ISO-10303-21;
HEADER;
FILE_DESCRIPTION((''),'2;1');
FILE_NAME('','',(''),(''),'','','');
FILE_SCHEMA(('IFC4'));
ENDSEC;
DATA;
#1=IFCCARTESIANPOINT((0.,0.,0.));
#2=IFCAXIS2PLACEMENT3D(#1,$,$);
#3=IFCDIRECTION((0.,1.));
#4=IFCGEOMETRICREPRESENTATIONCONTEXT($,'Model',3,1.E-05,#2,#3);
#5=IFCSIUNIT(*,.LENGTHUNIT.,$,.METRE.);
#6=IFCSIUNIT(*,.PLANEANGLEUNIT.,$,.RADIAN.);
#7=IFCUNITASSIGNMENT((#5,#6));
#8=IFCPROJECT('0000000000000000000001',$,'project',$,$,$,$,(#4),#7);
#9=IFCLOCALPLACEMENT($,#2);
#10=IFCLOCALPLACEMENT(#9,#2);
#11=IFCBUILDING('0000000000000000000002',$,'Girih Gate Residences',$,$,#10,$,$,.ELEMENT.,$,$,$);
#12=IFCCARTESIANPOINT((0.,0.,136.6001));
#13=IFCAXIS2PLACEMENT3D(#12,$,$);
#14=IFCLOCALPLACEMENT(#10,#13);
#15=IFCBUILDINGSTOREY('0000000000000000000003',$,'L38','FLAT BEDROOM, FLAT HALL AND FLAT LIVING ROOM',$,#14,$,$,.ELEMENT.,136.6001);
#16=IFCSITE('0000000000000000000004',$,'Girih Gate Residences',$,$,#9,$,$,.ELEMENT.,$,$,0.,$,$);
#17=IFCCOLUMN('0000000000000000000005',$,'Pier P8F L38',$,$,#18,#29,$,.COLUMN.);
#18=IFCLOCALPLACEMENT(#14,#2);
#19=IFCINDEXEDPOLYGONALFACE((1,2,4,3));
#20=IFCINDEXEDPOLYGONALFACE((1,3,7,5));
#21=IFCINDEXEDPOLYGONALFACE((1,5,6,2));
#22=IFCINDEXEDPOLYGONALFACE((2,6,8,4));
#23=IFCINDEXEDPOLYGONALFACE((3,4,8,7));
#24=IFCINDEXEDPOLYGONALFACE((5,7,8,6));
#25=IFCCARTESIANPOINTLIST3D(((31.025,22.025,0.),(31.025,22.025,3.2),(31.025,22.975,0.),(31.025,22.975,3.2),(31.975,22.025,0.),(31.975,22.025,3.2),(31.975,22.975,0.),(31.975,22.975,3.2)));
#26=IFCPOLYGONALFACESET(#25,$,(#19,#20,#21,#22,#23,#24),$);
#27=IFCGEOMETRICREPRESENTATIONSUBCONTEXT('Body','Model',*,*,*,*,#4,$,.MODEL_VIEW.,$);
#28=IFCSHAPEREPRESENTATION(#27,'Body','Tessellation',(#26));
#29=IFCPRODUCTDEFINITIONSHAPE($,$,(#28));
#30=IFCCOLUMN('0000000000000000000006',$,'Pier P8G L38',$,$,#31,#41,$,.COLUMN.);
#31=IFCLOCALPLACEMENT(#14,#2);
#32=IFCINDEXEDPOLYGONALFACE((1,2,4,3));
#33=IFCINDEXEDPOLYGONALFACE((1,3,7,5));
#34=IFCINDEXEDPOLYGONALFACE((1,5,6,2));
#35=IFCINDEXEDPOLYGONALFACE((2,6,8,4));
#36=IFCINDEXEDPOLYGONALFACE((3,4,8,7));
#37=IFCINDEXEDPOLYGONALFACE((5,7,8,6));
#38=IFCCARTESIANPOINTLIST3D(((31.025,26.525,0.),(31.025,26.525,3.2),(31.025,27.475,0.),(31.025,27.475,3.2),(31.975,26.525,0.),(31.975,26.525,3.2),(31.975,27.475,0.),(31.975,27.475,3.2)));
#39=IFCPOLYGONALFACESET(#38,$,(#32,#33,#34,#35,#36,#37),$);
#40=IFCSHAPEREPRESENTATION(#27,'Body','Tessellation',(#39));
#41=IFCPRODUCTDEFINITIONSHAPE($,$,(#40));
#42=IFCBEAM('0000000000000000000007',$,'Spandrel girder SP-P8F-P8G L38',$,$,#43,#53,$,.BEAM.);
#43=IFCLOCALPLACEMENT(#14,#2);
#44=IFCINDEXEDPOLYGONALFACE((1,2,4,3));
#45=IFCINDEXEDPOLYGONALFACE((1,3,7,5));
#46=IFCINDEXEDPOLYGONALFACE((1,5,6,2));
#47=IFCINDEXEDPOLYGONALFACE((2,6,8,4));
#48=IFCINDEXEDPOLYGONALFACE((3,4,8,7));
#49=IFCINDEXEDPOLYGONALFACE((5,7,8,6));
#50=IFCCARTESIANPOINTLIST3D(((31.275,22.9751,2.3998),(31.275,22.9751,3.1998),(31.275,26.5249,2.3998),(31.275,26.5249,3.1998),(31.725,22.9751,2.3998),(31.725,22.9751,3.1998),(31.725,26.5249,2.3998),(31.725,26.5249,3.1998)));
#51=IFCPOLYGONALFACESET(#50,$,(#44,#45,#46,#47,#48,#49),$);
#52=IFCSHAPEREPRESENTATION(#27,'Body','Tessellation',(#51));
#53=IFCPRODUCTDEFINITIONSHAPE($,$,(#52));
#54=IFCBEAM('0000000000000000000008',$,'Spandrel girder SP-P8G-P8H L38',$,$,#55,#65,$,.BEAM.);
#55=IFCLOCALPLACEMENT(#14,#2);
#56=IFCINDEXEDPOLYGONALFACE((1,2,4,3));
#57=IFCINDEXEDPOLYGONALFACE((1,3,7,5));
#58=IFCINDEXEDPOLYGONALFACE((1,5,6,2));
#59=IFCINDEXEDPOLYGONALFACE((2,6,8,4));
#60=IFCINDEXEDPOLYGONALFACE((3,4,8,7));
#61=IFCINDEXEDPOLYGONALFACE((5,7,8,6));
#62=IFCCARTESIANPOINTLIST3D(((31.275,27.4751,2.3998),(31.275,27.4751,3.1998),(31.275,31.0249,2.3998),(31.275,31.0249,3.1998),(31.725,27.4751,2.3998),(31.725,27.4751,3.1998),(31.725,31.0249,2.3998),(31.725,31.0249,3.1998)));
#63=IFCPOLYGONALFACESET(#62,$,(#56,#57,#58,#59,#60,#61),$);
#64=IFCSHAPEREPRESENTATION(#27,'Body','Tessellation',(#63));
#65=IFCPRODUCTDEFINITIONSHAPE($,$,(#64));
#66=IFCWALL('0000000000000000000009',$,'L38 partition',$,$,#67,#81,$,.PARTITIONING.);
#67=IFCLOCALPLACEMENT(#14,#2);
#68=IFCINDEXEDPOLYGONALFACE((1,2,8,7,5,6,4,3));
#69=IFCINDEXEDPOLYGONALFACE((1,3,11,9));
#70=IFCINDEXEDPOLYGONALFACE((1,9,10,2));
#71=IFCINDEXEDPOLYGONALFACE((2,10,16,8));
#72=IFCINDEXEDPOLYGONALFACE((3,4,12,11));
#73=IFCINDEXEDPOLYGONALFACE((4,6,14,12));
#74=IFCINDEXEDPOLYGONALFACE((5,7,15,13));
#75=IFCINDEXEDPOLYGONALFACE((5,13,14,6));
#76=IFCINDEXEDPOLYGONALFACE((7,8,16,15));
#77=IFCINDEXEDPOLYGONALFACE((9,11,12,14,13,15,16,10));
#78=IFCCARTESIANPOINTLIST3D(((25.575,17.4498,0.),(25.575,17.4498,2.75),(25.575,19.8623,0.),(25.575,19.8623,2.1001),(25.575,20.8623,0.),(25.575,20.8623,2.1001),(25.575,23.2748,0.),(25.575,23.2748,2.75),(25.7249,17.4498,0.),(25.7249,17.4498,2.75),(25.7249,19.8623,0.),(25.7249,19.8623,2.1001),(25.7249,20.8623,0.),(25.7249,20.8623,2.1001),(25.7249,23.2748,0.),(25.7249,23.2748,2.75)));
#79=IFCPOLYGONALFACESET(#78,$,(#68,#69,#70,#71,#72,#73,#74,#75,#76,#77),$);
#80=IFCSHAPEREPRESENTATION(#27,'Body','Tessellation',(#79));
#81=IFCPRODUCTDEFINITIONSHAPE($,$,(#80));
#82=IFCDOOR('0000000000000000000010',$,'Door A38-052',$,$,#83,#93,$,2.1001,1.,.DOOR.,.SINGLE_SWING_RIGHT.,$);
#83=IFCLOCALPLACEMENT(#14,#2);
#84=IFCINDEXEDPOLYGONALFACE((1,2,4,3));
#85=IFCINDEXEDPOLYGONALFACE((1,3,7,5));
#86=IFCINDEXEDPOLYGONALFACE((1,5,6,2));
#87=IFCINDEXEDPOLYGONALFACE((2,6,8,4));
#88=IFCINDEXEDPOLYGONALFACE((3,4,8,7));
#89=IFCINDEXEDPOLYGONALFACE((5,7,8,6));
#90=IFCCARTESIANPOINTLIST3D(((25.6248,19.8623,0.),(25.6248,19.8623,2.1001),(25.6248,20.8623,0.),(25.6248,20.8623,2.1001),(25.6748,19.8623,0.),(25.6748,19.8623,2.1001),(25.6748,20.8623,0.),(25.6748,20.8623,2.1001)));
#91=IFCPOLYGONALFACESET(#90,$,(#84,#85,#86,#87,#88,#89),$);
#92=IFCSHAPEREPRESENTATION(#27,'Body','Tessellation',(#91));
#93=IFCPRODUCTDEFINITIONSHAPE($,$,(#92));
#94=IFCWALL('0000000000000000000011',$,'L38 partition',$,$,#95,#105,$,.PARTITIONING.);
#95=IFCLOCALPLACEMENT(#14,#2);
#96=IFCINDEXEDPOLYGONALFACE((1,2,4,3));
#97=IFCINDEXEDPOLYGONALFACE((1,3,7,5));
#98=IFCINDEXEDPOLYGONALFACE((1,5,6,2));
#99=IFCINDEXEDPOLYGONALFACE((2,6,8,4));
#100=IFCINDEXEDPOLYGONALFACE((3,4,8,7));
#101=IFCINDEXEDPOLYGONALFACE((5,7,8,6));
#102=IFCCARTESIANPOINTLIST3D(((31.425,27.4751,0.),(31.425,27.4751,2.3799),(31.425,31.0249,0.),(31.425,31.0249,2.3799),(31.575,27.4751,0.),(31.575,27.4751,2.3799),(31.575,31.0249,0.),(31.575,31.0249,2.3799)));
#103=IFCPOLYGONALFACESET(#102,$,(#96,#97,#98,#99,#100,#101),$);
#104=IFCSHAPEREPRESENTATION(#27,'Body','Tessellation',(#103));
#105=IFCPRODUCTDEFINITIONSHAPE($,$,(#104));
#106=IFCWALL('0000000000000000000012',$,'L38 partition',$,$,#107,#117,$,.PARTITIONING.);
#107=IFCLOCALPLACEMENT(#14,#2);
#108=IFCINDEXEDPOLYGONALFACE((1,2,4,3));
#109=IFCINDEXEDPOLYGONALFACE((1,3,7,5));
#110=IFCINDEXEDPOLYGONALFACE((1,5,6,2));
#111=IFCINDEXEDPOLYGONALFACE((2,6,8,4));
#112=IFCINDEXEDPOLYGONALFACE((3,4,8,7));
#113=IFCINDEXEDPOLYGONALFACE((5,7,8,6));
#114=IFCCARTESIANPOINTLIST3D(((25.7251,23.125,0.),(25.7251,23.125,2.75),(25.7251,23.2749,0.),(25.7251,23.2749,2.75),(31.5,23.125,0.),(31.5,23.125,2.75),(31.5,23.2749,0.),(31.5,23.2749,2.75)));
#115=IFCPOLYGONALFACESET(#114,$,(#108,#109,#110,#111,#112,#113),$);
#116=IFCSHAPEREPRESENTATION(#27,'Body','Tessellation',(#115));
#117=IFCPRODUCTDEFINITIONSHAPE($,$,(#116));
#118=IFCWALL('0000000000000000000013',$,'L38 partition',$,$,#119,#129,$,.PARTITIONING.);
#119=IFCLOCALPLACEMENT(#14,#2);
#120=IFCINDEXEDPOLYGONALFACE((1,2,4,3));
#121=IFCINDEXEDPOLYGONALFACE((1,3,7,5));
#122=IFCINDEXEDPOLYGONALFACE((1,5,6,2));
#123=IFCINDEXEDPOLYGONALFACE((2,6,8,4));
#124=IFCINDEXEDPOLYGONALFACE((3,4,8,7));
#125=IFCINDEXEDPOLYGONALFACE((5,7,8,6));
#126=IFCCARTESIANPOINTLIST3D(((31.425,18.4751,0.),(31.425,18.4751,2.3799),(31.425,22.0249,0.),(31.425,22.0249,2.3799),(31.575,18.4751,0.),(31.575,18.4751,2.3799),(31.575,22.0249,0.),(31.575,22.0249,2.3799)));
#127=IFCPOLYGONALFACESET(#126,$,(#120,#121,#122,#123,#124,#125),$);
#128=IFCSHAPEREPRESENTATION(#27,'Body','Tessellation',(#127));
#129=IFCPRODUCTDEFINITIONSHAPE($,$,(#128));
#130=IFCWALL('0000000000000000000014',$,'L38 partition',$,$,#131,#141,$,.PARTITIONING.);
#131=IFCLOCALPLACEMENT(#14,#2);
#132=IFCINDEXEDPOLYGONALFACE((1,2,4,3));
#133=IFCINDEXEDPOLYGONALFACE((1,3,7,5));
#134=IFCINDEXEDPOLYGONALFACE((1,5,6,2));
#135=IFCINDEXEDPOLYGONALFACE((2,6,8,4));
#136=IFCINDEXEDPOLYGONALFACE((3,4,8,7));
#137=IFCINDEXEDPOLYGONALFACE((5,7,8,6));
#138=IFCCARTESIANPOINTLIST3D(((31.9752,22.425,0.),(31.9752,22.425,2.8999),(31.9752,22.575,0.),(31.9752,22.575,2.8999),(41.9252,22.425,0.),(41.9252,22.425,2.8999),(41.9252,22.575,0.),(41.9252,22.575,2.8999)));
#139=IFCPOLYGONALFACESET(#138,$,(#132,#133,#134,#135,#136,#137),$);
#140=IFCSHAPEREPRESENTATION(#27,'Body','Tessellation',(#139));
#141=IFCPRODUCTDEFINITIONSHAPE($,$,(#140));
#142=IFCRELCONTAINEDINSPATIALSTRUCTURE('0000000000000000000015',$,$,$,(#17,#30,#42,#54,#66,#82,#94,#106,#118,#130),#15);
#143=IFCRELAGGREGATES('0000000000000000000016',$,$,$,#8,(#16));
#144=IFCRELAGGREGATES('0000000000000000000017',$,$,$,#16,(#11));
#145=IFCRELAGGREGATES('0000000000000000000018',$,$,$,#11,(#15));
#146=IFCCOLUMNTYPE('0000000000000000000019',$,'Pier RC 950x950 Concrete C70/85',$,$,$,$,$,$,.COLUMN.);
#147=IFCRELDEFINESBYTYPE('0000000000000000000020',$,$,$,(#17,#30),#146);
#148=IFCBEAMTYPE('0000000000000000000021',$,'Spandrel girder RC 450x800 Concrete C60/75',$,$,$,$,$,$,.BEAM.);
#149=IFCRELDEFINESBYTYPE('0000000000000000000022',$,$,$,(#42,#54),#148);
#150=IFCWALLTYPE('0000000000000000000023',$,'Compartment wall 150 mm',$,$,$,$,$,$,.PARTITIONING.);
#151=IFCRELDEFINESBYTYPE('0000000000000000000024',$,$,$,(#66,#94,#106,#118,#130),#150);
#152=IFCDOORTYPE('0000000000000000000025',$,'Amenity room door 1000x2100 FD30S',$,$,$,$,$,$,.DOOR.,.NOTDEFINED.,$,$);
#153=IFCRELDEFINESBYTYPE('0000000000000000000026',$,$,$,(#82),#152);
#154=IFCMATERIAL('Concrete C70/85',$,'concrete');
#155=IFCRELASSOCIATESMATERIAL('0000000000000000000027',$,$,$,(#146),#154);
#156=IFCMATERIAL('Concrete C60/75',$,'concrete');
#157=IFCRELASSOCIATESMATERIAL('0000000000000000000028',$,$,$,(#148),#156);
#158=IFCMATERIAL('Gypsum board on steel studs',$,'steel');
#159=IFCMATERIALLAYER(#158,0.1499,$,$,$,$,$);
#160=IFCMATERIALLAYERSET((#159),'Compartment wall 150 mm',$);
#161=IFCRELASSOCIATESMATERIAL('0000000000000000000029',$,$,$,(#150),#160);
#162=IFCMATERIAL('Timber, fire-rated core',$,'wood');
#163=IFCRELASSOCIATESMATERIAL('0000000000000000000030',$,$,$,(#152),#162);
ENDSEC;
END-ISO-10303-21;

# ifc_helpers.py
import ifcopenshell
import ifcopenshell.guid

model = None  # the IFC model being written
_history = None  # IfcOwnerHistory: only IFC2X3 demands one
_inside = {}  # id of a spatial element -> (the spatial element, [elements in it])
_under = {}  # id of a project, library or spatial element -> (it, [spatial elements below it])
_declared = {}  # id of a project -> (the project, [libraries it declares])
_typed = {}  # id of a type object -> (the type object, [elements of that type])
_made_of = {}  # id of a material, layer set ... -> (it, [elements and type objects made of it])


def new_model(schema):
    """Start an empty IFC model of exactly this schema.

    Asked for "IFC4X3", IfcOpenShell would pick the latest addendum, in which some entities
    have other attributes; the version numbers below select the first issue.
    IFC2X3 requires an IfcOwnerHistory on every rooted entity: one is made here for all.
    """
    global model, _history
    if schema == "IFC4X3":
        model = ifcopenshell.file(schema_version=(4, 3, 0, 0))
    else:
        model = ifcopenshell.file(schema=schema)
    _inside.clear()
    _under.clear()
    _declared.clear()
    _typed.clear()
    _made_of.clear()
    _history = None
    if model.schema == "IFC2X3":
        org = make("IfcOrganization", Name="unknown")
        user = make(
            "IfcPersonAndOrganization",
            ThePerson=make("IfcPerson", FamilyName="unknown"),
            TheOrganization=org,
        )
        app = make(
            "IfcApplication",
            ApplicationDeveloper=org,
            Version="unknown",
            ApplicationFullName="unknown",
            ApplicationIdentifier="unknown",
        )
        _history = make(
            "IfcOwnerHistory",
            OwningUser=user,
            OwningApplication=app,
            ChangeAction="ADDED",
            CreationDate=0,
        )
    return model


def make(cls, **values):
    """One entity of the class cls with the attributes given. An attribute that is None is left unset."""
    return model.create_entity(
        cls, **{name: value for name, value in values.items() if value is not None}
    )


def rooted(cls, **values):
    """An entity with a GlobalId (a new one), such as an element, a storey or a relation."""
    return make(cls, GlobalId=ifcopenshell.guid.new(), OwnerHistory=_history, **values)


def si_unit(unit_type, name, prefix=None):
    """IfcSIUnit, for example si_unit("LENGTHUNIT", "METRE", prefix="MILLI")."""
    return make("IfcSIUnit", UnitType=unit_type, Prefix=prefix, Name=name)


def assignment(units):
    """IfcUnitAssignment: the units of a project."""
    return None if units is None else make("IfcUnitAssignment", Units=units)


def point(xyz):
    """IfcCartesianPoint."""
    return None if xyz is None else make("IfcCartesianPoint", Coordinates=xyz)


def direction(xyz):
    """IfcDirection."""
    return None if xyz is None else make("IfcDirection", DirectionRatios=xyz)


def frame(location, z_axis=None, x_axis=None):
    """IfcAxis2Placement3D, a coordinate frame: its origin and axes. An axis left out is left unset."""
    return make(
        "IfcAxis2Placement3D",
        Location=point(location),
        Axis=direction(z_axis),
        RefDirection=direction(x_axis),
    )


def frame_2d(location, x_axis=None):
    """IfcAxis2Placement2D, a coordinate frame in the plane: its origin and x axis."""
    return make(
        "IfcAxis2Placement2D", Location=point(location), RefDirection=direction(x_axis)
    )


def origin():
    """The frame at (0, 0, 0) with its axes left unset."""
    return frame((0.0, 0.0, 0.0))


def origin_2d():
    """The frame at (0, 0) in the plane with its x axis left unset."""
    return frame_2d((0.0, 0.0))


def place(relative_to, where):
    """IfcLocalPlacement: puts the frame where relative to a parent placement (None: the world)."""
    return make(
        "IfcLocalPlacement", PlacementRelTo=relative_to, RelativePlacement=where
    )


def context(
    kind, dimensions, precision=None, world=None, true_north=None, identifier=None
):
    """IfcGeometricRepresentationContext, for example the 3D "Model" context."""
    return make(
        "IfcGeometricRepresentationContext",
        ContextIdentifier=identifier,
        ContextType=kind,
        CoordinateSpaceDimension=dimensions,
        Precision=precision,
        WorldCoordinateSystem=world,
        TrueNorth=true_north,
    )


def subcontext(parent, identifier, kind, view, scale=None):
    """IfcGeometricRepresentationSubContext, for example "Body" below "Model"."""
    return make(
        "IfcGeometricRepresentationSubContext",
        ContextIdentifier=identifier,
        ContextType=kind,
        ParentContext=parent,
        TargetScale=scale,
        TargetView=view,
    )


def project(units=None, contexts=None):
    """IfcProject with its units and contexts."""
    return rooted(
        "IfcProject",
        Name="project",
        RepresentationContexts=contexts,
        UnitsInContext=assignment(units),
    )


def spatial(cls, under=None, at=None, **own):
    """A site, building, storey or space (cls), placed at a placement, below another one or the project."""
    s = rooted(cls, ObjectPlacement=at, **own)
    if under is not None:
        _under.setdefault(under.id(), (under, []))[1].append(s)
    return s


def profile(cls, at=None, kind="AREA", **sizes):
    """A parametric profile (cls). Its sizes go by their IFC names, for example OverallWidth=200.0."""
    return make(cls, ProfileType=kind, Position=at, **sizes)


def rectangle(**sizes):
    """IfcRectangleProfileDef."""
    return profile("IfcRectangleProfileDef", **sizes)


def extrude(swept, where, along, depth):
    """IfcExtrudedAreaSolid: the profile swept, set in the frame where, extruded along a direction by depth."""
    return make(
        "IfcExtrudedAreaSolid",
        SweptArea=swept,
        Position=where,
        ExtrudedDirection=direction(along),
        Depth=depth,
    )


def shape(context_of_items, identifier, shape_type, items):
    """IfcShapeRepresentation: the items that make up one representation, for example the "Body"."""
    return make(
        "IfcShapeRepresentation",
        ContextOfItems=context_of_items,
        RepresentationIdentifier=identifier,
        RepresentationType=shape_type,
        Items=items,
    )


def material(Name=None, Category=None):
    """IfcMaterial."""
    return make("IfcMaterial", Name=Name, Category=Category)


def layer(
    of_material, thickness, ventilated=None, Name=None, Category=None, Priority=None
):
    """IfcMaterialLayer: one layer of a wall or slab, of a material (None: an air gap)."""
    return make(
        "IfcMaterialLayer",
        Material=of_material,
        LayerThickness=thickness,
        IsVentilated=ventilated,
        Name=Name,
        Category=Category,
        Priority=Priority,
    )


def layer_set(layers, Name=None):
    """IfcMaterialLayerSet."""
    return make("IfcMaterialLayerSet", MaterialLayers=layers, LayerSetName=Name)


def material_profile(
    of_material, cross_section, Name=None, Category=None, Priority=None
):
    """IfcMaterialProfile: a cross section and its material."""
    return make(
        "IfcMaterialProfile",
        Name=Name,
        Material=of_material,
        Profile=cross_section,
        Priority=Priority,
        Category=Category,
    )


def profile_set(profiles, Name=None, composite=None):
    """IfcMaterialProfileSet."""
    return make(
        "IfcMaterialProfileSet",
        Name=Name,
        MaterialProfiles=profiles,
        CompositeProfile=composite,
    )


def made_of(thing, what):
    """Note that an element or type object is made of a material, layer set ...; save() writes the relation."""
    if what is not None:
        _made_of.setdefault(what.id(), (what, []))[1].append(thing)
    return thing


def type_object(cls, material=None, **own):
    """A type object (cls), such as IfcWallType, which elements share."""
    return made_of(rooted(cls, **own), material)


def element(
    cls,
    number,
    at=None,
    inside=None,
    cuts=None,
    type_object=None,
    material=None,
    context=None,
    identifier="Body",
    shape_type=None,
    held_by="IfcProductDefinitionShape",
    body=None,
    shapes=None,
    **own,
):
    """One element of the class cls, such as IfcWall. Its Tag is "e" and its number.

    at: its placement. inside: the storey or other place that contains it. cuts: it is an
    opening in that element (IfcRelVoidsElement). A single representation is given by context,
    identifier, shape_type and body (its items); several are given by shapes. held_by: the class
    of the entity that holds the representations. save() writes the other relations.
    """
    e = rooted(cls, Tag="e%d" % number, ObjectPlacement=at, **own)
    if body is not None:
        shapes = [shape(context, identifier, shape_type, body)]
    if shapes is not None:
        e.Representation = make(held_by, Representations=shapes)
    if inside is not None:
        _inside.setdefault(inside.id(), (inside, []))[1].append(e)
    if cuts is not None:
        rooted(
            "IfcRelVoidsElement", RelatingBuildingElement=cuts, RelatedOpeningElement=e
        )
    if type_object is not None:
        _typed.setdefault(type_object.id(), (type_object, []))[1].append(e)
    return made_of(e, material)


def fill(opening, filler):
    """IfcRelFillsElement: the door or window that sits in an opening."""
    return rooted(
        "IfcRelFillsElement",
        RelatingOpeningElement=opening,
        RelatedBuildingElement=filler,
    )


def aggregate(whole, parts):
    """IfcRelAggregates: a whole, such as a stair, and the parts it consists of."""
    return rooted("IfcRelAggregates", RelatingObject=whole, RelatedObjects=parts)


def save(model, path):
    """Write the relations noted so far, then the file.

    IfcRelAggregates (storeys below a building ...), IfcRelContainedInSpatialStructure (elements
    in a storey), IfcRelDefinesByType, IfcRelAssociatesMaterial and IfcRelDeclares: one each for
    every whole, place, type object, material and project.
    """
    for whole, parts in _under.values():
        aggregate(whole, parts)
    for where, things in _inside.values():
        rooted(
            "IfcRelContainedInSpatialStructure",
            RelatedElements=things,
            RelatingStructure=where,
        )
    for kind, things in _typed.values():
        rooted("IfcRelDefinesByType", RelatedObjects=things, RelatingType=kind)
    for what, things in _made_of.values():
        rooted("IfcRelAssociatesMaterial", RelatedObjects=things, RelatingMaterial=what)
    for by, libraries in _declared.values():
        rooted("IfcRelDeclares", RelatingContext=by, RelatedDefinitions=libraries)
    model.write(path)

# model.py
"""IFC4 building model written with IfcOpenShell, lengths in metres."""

from ifc_helpers import new_model, si_unit, direction, frame, frame_2d, origin, origin_2d, place, context, subcontext, project, spatial, rectangle, extrude, material, layer, layer_set, material_profile, profile_set, type_object, element, fill, save


model = new_model("IFC4")

# Units and contexts
model_context = context("Model", 3, precision=1e-05, world=origin(), true_north=direction((0.0, 1.0)))
body_context = subcontext(model_context, "Body", "Model", "MODEL_VIEW")
ifc_project = project(units=[si_unit("LENGTHUNIT", "METRE"), si_unit("PLANEANGLEUNIT", "RADIAN")], contexts=[model_context])

# Site, building, storey
site_placement = place(None, origin())
site = spatial("IfcSite", under=ifc_project, at=site_placement, Name="Girih Gate Residences", CompositionType="ELEMENT", RefElevation=0.0)
building_placement = place(site_placement, origin())
building = spatial("IfcBuilding", under=site, at=building_placement, Name="Girih Gate Residences", CompositionType="ELEMENT")
storey_placement = place(building_placement, frame((0.0, 0.0, 136.6001)))
storey = spatial("IfcBuildingStorey", under=building, at=storey_placement, Name="L38", Description="FLAT BEDROOM, FLAT HALL AND FLAT LIVING ROOM", CompositionType="ELEMENT", Elevation=136.6001)

# Columns
ifc_material_1 = material(Name="Concrete C70/85", Category="concrete")
ifc_material_profile_1 = material_profile(ifc_material_1, rectangle(XDim=0.95, YDim=0.95, at=origin_2d()))
ifc_profile_set_1 = profile_set([ifc_material_profile_1], Name="Concrete C70/85")
column_type = type_object("IfcColumnType", Name="Pier RC 950x950 Concrete C70/85", PredefinedType="COLUMN", material=ifc_profile_set_1)
for number, where, z_axis, x_axis, name in (
    (1, (31.5, 22.5, 0.0), (0.0, 0.0, 1.0), (1.0, 0.0, 0.0), "Pier P8F L38"),
    (2, (31.5, 27.0, 0.0), (0.0, 0.0, 1.0), (1.0, 0.0, 0.0), "Pier P8G L38"),
):
    element("IfcColumn", number, at=place(storey_placement, frame(where, z_axis=z_axis, x_axis=x_axis)), inside=storey, type_object=column_type, Name=name, PredefinedType="COLUMN", context=body_context, shape_type="SweptSolid", body=[
        extrude(rectangle(XDim=0.95, YDim=0.95, at=origin_2d()), origin(), (0.0, 0.0, 1.0), 3.2),
    ])

# Beams
ifc_material_2 = material(Name="Concrete C60/75", Category="concrete")
ifc_material_profile_2 = material_profile(ifc_material_2, rectangle(XDim=0.45, YDim=0.8, at=origin_2d()))
ifc_profile_set_2 = profile_set([ifc_material_profile_2], Name="Concrete C60/75")
beam_type = type_object("IfcBeamType", Name="Spandrel girder RC 450x800 Concrete C60/75", PredefinedType="BEAM", material=ifc_profile_set_2)
for number, where, z_axis, x_axis, name in (
    (3, (31.5, 22.9751, 2.7998), (0.0, 1.0, 0.0), (-1.0, 0.0, 0.0), "Spandrel girder SP-P8F-P8G L38"),
    (4, (31.5, 27.4751, 2.7998), (0.0, 1.0, 0.0), (-1.0, 0.0, 0.0), "Spandrel girder SP-P8G-P8H L38"),
):
    element("IfcBeam", number, at=place(storey_placement, frame(where, z_axis=z_axis, x_axis=x_axis)), inside=storey, type_object=beam_type, Name=name, PredefinedType="BEAM", context=body_context, shape_type="SweptSolid", body=[
        extrude(rectangle(XDim=0.45, YDim=0.8, at=origin_2d()), origin(), (0.0, 0.0, 1.0), 3.5498),
    ])

# Wall, opening, door
ifc_material_3 = material(Name="Gypsum board on steel studs", Category="steel")
ifc_layer_1 = layer(ifc_material_3, 0.1499)
ifc_layer_set_1 = layer_set([ifc_layer_1], Name="Compartment wall 150 mm")
wall_type_1 = type_object("IfcWallType", Name="Compartment wall 150 mm", PredefinedType="PARTITIONING", material=ifc_layer_set_1)
wall_1_placement = place(storey_placement, frame((25.6499, 23.2749, 0.0), z_axis=(0.0, 0.0, 1.0), x_axis=(0.0, -1.0, 0.0)))
wall_1 = element("IfcWall", 5, at=wall_1_placement, inside=storey, type_object=wall_type_1, Name="L38 partition", PredefinedType="PARTITIONING", context=body_context, shape_type="SweptSolid", body=[
    extrude(rectangle(XDim=5.825, YDim=0.1499, at=frame_2d((2.9126, 0.0))), origin(), (0.0, 0.0, 1.0), 2.75),
])
opening_1_placement = place(wall_1_placement, frame((2.4126, 0.0, 0.0)))
opening_1 = element("IfcOpeningElement", 6, at=opening_1_placement, cuts=wall_1, PredefinedType="OPENING", context=body_context, shape_type="SweptSolid", body=[
    extrude(rectangle(XDim=1.0, YDim=2.1001, at=frame_2d((0.5, 1.05))), frame((0.0, 0.085, 0.0), z_axis=(0.0, -1.0, 0.0), x_axis=(1.0, 0.0, 0.0)), (0.0, 0.0, 1.0), 0.1699),
])
ifc_material_4 = material(Name="Timber, fire-rated core", Category="wood")
door_type_1 = type_object("IfcDoorType", Name="Amenity room door 1000x2100 FD30S", OperationType="NOTDEFINED", PredefinedType="DOOR", material=ifc_material_4)
door_1_placement = place(opening_1_placement, origin())
door_1 = element("IfcDoor", 7, at=door_1_placement, inside=storey, type_object=door_type_1, Name="Door A38-052", OperationType="SINGLE_SWING_RIGHT", OverallHeight=2.1001, OverallWidth=1.0, PredefinedType="DOOR", context=body_context, shape_type="SweptSolid", body=[
    extrude(rectangle(XDim=1.0, YDim=2.1001, at=frame_2d((0.5, 1.05))), frame((0.0, 0.0249, 0.0), z_axis=(0.0, -1.0, 0.0), x_axis=(1.0, 0.0, 0.0)), (0.0, 0.0, 1.0), 0.05),
])
fill(opening_1, door_1)

# Walls
wall_2_placement = place(storey_placement, frame((31.5, 27.4751, 0.0), z_axis=(0.0, 0.0, 1.0), x_axis=(0.0, 1.0, 0.0)))
element("IfcWall", 8, at=wall_2_placement, inside=storey, type_object=wall_type_1, Name="L38 partition", PredefinedType="PARTITIONING", context=body_context, shape_type="SweptSolid", body=[
    extrude(rectangle(XDim=3.5498, YDim=0.1499, at=frame_2d((1.7749, 0.0))), origin(), (0.0, 0.0, 1.0), 2.3799),
])
wall_3_placement = place(storey_placement, frame((25.7251, 23.2, 0.0), z_axis=(0.0, 0.0, 1.0), x_axis=(1.0, 0.0, 0.0)))
element("IfcWall", 9, at=wall_3_placement, inside=storey, type_object=wall_type_1, Name="L38 partition", PredefinedType="PARTITIONING", context=body_context, shape_type="SweptSolid", body=[
    extrude(rectangle(XDim=5.7749, YDim=0.1499, at=frame_2d((2.8875, 0.0))), origin(), (0.0, 0.0, 1.0), 2.75),
])
wall_4_placement = place(storey_placement, frame((31.5, 18.4751, 0.0), z_axis=(0.0, 0.0, 1.0), x_axis=(0.0, 1.0, 0.0)))
element("IfcWall", 10, at=wall_4_placement, inside=storey, type_object=wall_type_1, Name="L38 partition", PredefinedType="PARTITIONING", context=body_context, shape_type="SweptSolid", body=[
    extrude(rectangle(XDim=3.5498, YDim=0.1499, at=frame_2d((1.7749, 0.0))), origin(), (0.0, 0.0, 1.0), 2.3799),
])
wall_5_placement = place(storey_placement, frame((31.9751, 22.5, 0.0), z_axis=(0.0, 0.0, 1.0), x_axis=(1.0, 0.0, 0.0)))
element("IfcWall", 11, at=wall_5_placement, inside=storey, type_object=wall_type_1, Name="L38 partition", PredefinedType="PARTITIONING", context=body_context, shape_type="SweptSolid", body=[
    extrude(rectangle(XDim=9.95, YDim=0.1499, at=frame_2d((4.9751, 0.0))), origin(), (0.0, 0.0, 1.0), 2.8999),
])

save(model, "model.ifc")
